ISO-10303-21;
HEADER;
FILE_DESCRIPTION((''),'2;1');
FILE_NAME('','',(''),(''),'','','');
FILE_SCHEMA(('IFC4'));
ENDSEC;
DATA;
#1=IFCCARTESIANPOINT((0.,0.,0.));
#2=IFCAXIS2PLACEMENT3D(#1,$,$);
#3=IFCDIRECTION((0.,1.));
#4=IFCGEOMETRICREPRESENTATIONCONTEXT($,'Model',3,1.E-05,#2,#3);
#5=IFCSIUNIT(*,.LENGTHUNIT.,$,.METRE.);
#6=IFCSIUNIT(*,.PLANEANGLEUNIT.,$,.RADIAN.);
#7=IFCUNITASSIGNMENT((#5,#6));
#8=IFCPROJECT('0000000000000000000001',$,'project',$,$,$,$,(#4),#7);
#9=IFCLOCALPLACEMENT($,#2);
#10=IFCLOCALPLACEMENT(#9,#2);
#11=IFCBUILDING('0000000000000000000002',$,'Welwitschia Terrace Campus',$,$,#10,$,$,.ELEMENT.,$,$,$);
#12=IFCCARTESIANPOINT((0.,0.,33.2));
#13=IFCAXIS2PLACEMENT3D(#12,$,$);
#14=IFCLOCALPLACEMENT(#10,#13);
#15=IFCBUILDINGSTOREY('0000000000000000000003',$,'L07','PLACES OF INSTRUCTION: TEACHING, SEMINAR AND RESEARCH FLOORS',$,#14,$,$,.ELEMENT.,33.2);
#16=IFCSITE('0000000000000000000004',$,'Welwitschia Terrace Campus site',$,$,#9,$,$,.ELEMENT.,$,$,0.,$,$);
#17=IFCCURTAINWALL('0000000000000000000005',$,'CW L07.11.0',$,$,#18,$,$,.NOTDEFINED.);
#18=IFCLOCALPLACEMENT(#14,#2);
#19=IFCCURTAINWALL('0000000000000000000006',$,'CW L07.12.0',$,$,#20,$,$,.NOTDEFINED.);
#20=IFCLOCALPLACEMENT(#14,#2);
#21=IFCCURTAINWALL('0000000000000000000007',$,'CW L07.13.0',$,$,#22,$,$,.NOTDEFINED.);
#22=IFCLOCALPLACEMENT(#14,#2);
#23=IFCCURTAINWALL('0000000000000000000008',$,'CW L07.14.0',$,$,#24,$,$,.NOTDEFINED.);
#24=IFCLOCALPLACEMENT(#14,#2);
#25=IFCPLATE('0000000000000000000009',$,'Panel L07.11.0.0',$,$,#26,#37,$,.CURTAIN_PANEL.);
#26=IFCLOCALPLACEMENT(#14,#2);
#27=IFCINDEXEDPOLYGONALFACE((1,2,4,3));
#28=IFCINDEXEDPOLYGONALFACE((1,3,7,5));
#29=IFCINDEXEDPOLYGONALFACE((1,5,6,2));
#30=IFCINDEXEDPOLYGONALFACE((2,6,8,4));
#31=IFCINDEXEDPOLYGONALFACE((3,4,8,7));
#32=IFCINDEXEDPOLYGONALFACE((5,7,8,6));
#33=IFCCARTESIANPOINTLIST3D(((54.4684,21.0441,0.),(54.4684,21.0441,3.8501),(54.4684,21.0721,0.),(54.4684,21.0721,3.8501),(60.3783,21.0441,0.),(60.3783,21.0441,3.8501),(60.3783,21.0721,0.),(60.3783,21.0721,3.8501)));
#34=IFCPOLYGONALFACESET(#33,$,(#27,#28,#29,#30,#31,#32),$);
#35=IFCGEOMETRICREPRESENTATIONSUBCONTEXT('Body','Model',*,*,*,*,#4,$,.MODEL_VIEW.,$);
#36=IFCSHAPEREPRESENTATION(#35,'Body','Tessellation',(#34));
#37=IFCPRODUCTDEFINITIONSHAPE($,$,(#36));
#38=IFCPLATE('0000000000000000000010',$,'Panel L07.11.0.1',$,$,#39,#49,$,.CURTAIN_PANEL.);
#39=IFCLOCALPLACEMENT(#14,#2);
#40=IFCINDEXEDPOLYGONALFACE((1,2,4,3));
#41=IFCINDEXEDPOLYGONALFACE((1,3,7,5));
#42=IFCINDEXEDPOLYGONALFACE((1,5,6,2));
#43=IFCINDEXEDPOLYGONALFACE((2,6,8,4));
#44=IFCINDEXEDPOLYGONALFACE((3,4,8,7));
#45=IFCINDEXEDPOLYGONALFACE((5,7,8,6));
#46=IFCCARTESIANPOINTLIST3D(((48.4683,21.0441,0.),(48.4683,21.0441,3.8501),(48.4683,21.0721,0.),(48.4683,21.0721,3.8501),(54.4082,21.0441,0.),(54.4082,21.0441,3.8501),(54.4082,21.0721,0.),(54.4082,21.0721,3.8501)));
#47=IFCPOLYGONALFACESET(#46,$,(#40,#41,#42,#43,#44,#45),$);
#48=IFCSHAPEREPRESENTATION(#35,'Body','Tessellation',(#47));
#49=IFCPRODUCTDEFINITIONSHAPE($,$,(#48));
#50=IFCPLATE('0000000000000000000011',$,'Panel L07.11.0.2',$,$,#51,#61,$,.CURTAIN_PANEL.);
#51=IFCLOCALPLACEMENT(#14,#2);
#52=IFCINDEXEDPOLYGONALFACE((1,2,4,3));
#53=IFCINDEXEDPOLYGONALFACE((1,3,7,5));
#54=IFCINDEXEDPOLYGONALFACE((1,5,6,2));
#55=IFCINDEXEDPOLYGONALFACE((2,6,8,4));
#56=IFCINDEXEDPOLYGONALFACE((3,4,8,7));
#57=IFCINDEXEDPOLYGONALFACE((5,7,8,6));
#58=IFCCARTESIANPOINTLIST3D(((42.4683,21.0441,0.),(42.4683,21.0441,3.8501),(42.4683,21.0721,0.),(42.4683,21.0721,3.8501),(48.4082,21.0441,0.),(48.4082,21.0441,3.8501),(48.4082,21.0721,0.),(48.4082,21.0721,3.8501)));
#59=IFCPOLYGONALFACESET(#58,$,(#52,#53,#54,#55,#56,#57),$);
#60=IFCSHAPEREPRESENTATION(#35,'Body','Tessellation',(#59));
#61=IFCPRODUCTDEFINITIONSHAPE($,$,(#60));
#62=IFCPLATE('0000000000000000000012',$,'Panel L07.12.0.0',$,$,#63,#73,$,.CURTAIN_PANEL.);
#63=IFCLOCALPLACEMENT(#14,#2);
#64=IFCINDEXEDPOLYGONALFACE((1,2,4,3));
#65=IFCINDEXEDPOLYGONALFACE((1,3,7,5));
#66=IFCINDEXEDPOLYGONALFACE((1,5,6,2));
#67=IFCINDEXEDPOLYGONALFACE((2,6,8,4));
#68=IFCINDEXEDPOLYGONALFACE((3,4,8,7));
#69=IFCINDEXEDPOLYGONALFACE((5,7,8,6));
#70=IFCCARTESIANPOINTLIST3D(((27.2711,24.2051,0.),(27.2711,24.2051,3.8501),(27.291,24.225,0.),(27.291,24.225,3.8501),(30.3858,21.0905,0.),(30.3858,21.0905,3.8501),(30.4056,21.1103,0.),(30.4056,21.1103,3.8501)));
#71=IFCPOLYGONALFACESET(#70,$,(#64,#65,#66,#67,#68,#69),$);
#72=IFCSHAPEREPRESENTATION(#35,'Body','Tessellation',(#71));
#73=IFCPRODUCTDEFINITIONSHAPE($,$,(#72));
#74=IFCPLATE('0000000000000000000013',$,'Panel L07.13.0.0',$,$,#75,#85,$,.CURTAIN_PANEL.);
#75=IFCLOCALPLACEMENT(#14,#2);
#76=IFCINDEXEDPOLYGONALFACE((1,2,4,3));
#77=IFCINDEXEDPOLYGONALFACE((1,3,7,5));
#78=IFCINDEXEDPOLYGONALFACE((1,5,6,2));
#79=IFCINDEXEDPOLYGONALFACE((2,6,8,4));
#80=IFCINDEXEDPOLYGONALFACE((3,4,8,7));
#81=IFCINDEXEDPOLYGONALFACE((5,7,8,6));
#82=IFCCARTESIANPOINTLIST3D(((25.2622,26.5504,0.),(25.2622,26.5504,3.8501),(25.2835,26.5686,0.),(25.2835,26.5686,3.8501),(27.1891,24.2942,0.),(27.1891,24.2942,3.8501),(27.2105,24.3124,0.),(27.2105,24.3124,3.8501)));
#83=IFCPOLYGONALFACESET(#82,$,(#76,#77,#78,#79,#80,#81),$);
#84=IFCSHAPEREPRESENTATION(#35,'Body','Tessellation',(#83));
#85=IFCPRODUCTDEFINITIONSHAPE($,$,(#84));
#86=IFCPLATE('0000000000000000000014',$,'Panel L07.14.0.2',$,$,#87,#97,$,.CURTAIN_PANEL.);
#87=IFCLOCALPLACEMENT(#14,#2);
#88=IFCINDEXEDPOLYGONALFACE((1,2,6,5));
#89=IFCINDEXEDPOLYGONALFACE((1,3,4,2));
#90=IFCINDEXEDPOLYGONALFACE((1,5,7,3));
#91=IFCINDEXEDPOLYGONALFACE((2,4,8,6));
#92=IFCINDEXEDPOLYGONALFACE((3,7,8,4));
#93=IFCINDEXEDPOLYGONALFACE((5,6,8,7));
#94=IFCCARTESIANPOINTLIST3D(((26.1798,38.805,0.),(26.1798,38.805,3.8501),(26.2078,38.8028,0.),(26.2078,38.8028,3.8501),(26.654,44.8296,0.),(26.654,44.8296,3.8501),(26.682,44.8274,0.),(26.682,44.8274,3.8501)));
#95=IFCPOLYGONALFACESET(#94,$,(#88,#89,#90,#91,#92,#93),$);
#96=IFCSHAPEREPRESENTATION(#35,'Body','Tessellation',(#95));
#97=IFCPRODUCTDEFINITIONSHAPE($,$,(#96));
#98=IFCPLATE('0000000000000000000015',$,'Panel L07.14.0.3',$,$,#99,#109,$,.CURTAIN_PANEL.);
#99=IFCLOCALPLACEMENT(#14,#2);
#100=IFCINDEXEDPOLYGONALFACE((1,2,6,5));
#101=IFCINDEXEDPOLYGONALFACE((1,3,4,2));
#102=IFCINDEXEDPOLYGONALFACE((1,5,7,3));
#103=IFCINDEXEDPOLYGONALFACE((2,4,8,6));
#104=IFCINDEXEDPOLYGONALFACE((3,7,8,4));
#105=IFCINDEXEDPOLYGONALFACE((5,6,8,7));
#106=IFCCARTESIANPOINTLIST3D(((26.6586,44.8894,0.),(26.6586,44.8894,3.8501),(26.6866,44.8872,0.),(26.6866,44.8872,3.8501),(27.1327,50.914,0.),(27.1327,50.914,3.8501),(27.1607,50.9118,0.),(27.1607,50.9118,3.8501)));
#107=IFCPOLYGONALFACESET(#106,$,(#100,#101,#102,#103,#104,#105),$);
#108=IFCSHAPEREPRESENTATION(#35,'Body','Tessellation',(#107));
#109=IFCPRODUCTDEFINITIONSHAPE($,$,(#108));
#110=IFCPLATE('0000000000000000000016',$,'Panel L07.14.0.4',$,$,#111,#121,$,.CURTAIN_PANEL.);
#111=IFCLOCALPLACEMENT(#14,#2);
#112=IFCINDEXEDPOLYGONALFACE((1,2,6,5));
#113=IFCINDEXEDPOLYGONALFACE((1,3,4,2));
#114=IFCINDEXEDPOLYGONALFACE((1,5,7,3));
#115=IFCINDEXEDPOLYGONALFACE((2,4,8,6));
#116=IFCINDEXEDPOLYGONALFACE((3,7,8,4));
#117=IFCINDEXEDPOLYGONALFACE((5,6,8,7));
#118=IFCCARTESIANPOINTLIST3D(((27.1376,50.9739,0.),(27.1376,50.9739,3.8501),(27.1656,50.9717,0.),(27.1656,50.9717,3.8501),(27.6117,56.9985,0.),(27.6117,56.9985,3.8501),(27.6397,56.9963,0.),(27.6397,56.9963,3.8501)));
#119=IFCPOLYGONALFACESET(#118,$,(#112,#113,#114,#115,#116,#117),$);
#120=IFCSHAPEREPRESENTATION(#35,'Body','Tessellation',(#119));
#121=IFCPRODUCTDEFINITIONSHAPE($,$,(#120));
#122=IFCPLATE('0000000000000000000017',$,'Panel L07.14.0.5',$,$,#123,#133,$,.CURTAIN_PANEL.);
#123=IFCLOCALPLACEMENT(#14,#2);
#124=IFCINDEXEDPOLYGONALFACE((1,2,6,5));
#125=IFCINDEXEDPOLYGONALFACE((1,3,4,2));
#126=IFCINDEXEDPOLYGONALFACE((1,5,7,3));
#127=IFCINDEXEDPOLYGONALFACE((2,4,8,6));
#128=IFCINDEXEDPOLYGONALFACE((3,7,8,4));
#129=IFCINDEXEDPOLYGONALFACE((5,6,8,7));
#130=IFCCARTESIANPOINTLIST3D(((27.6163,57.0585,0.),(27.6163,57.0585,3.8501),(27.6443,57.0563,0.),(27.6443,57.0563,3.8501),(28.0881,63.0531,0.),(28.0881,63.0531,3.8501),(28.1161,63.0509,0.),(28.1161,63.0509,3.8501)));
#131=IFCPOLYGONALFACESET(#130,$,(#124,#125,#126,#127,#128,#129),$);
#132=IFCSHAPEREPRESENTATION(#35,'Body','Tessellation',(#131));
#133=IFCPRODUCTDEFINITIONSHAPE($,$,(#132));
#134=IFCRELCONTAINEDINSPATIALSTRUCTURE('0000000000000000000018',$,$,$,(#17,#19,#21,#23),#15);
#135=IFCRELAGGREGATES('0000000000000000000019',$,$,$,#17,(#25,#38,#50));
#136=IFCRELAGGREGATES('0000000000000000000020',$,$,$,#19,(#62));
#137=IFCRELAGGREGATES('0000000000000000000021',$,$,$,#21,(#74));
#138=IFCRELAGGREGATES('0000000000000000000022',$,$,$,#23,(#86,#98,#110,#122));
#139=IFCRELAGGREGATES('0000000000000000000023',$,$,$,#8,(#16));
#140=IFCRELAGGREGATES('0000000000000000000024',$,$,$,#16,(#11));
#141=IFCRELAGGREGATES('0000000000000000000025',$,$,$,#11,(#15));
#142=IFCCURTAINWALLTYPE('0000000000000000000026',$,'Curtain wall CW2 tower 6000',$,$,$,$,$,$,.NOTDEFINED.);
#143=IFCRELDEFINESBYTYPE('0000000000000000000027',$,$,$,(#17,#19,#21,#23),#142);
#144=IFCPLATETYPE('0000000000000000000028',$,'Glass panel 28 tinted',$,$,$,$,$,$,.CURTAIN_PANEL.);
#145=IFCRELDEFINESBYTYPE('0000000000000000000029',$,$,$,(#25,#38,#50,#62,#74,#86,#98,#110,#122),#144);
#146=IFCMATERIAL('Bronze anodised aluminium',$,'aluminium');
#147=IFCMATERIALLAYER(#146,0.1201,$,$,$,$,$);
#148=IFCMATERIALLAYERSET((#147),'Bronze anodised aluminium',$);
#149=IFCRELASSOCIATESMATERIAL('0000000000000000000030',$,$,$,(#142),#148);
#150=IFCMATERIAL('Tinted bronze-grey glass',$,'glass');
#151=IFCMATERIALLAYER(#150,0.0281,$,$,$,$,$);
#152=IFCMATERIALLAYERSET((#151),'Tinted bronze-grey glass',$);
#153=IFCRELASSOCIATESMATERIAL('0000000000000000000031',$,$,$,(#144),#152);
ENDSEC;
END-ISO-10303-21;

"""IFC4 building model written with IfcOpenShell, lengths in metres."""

from ifc_helpers import new_model, si_unit, direction, frame, origin, origin_2d, place, context, subcontext, project, spatial, rectangle, extrude, material, layer, layer_set, type_object, element, aggregate, save


model = new_model("IFC4")

# Units and contexts
model_context = context("Model", 3, precision=1e-05, world=origin(), true_north=direction((0.0, 1.0)))
body_context = subcontext(model_context, "Body", "Model", "MODEL_VIEW")
ifc_project = project(units=[si_unit("LENGTHUNIT", "METRE"), si_unit("PLANEANGLEUNIT", "RADIAN")], contexts=[model_context])

# Site, building, storey
site_placement = place(None, origin())
site = spatial("IfcSite", under=ifc_project, at=site_placement, Name="Welwitschia Terrace Campus site", CompositionType="ELEMENT", RefElevation=0.0)
building_placement = place(site_placement, origin())
building = spatial("IfcBuilding", under=site, at=building_placement, Name="Welwitschia Terrace Campus", CompositionType="ELEMENT")
storey_placement = place(building_placement, frame((0.0, 0.0, 33.2)))
storey = spatial("IfcBuildingStorey", under=building, at=storey_placement, Name="L07", Description="PLACES OF INSTRUCTION: TEACHING, SEMINAR AND RESEARCH FLOORS", CompositionType="ELEMENT", Elevation=33.2)

# Curtain walls
ifc_material_1 = material(Name="Bronze anodised aluminium", Category="aluminium")
ifc_layer_1 = layer(ifc_material_1, 0.1201)
ifc_layer_set_1 = layer_set([ifc_layer_1], Name="Bronze anodised aluminium")
curtain_wall_type = type_object("IfcCurtainWallType", Name="Curtain wall CW2 tower 6000", PredefinedType="NOTDEFINED", material=ifc_layer_set_1)
curtain_wall_1_placement = place(storey_placement, origin())
curtain_wall_1 = element("IfcCurtainWall", 1, at=curtain_wall_1_placement, inside=storey, type_object=curtain_wall_type, Name="CW L07.11.0", PredefinedType="NOTDEFINED")
curtain_wall_2_placement = place(storey_placement, origin())
curtain_wall_2 = element("IfcCurtainWall", 2, at=curtain_wall_2_placement, inside=storey, type_object=curtain_wall_type, Name="CW L07.12.0", PredefinedType="NOTDEFINED")

# Curtain wall
curtain_wall_3_placement = place(storey_placement, origin())
curtain_wall_3 = element("IfcCurtainWall", 3, at=curtain_wall_3_placement, inside=storey, type_object=curtain_wall_type, Name="CW L07.13.0", PredefinedType="NOTDEFINED")

# Curtain wall
curtain_wall_4_placement = place(storey_placement, origin())
curtain_wall_4 = element("IfcCurtainWall", 4, at=curtain_wall_4_placement, inside=storey, type_object=curtain_wall_type, Name="CW L07.14.0", PredefinedType="NOTDEFINED")

# Plates
ifc_material_2 = material(Name="Tinted bronze-grey glass", Category="glass")
ifc_layer_2 = layer(ifc_material_2, 0.0281)
ifc_layer_set_2 = layer_set([ifc_layer_2], Name="Tinted bronze-grey glass")
plate_type = type_object("IfcPlateType", Name="Glass panel 28 tinted", PredefinedType="CURTAIN_PANEL", material=ifc_layer_set_2)
plate_1_placement = place(storey_placement, frame((57.4233, 21.0581, 0.0), z_axis=(0.0, 0.0, 1.0), x_axis=(-1.0, 0.0, 0.0)))
plate_1 = element("IfcPlate", 5, at=plate_1_placement, type_object=plate_type, Name="Panel L07.11.0.0", PredefinedType="CURTAIN_PANEL", context=body_context, shape_type="SweptSolid", body=[
    extrude(rectangle(XDim=5.9099, YDim=0.0281, at=origin_2d()), origin(), (0.0, 0.0, 1.0), 3.8501),
])
plate_2_placement = place(storey_placement, frame((51.4382, 21.0581, 0.0), z_axis=(0.0, 0.0, 1.0), x_axis=(-1.0, 0.0, 0.0)))
plate_2 = element("IfcPlate", 6, at=plate_2_placement, type_object=plate_type, Name="Panel L07.11.0.1", PredefinedType="CURTAIN_PANEL", context=body_context, shape_type="SweptSolid", body=[
    extrude(rectangle(XDim=5.9399, YDim=0.0281, at=origin_2d()), origin(), (0.0, 0.0, 1.0), 3.8501),
])
plate_3_placement = place(storey_placement, frame((45.4382, 21.0581, 0.0), z_axis=(0.0, 0.0, 1.0), x_axis=(-1.0, 0.0, 0.0)))
plate_3 = element("IfcPlate", 7, at=plate_3_placement, type_object=plate_type, Name="Panel L07.11.0.2", PredefinedType="CURTAIN_PANEL", context=body_context, shape_type="SweptSolid", body=[
    extrude(rectangle(XDim=5.9399, YDim=0.0281, at=origin_2d()), origin(), (0.0, 0.0, 1.0), 3.8501),
])
aggregate(curtain_wall_1, [plate_1, plate_2, plate_3])
plate_4_placement = place(storey_placement, frame((28.8384, 22.6577, 0.0), z_axis=(0.0, 0.0, 1.0), x_axis=(-0.707107, 0.707107, 0.0)))
plate_4 = element("IfcPlate", 8, at=plate_4_placement, type_object=plate_type, Name="Panel L07.12.0.0", PredefinedType="CURTAIN_PANEL", context=body_context, shape_type="SweptSolid", body=[
    extrude(rectangle(XDim=4.4048, YDim=0.0281, at=origin_2d()), origin(), (0.0, 0.0, 1.0), 3.8501),
])
aggregate(curtain_wall_2, [plate_4])
plate_5_placement = place(storey_placement, frame((26.2363, 25.4314, 0.0), z_axis=(0.0, 0.0, 1.0), x_axis=(-0.649448, 0.760406, 0.0)))
plate_5 = element("IfcPlate", 9, at=plate_5_placement, type_object=plate_type, Name="Panel L07.13.0.0", PredefinedType="CURTAIN_PANEL", context=body_context, shape_type="SweptSolid", body=[
    extrude(rectangle(XDim=2.967, YDim=0.0281, at=origin_2d()), origin(), (0.0, 0.0, 1.0), 3.8501),
])
aggregate(curtain_wall_3, [plate_5])
plate_6_placement = place(storey_placement, frame((26.4309, 41.8162, 0.0), z_axis=(0.0, 0.0, 1.0), x_axis=(0.078459, 0.996917, 0.0)))
plate_6 = element("IfcPlate", 10, at=plate_6_placement, type_object=plate_type, Name="Panel L07.14.0.2", PredefinedType="CURTAIN_PANEL", context=body_context, shape_type="SweptSolid", body=[
    extrude(rectangle(XDim=6.0432, YDim=0.0281, at=origin_2d()), origin(), (0.0, 0.0, 1.0), 3.8501),
])
plate_7_placement = place(storey_placement, frame((26.9097, 47.9006, 0.0), z_axis=(0.0, 0.0, 1.0), x_axis=(0.078459, 0.996917, 0.0)))
plate_7 = element("IfcPlate", 11, at=plate_7_placement, type_object=plate_type, Name="Panel L07.14.0.3", PredefinedType="CURTAIN_PANEL", context=body_context, shape_type="SweptSolid", body=[
    extrude(rectangle(XDim=6.0432, YDim=0.0281, at=origin_2d()), origin(), (0.0, 0.0, 1.0), 3.8501),
])
plate_8_placement = place(storey_placement, frame((27.3887, 53.9851, 0.0), z_axis=(0.0, 0.0, 1.0), x_axis=(0.078459, 0.996917, 0.0)))
plate_8 = element("IfcPlate", 12, at=plate_8_placement, type_object=plate_type, Name="Panel L07.14.0.4", PredefinedType="CURTAIN_PANEL", context=body_context, shape_type="SweptSolid", body=[
    extrude(rectangle(XDim=6.0432, YDim=0.0281, at=origin_2d()), origin(), (0.0, 0.0, 1.0), 3.8501),
])
plate_9_placement = place(storey_placement, frame((27.8662, 60.0547, 0.0), z_axis=(0.0, 0.0, 1.0), x_axis=(0.078459, 0.996917, 0.0)))
plate_9 = element("IfcPlate", 13, at=plate_9_placement, type_object=plate_type, Name="Panel L07.14.0.5", PredefinedType="CURTAIN_PANEL", context=body_context, shape_type="SweptSolid", body=[
    extrude(rectangle(XDim=6.0132, YDim=0.0281, at=origin_2d()), origin(), (0.0, 0.0, 1.0), 3.8501),
])
aggregate(curtain_wall_4, [plate_6, plate_7, plate_8, plate_9])

save(model, "model.ifc")
